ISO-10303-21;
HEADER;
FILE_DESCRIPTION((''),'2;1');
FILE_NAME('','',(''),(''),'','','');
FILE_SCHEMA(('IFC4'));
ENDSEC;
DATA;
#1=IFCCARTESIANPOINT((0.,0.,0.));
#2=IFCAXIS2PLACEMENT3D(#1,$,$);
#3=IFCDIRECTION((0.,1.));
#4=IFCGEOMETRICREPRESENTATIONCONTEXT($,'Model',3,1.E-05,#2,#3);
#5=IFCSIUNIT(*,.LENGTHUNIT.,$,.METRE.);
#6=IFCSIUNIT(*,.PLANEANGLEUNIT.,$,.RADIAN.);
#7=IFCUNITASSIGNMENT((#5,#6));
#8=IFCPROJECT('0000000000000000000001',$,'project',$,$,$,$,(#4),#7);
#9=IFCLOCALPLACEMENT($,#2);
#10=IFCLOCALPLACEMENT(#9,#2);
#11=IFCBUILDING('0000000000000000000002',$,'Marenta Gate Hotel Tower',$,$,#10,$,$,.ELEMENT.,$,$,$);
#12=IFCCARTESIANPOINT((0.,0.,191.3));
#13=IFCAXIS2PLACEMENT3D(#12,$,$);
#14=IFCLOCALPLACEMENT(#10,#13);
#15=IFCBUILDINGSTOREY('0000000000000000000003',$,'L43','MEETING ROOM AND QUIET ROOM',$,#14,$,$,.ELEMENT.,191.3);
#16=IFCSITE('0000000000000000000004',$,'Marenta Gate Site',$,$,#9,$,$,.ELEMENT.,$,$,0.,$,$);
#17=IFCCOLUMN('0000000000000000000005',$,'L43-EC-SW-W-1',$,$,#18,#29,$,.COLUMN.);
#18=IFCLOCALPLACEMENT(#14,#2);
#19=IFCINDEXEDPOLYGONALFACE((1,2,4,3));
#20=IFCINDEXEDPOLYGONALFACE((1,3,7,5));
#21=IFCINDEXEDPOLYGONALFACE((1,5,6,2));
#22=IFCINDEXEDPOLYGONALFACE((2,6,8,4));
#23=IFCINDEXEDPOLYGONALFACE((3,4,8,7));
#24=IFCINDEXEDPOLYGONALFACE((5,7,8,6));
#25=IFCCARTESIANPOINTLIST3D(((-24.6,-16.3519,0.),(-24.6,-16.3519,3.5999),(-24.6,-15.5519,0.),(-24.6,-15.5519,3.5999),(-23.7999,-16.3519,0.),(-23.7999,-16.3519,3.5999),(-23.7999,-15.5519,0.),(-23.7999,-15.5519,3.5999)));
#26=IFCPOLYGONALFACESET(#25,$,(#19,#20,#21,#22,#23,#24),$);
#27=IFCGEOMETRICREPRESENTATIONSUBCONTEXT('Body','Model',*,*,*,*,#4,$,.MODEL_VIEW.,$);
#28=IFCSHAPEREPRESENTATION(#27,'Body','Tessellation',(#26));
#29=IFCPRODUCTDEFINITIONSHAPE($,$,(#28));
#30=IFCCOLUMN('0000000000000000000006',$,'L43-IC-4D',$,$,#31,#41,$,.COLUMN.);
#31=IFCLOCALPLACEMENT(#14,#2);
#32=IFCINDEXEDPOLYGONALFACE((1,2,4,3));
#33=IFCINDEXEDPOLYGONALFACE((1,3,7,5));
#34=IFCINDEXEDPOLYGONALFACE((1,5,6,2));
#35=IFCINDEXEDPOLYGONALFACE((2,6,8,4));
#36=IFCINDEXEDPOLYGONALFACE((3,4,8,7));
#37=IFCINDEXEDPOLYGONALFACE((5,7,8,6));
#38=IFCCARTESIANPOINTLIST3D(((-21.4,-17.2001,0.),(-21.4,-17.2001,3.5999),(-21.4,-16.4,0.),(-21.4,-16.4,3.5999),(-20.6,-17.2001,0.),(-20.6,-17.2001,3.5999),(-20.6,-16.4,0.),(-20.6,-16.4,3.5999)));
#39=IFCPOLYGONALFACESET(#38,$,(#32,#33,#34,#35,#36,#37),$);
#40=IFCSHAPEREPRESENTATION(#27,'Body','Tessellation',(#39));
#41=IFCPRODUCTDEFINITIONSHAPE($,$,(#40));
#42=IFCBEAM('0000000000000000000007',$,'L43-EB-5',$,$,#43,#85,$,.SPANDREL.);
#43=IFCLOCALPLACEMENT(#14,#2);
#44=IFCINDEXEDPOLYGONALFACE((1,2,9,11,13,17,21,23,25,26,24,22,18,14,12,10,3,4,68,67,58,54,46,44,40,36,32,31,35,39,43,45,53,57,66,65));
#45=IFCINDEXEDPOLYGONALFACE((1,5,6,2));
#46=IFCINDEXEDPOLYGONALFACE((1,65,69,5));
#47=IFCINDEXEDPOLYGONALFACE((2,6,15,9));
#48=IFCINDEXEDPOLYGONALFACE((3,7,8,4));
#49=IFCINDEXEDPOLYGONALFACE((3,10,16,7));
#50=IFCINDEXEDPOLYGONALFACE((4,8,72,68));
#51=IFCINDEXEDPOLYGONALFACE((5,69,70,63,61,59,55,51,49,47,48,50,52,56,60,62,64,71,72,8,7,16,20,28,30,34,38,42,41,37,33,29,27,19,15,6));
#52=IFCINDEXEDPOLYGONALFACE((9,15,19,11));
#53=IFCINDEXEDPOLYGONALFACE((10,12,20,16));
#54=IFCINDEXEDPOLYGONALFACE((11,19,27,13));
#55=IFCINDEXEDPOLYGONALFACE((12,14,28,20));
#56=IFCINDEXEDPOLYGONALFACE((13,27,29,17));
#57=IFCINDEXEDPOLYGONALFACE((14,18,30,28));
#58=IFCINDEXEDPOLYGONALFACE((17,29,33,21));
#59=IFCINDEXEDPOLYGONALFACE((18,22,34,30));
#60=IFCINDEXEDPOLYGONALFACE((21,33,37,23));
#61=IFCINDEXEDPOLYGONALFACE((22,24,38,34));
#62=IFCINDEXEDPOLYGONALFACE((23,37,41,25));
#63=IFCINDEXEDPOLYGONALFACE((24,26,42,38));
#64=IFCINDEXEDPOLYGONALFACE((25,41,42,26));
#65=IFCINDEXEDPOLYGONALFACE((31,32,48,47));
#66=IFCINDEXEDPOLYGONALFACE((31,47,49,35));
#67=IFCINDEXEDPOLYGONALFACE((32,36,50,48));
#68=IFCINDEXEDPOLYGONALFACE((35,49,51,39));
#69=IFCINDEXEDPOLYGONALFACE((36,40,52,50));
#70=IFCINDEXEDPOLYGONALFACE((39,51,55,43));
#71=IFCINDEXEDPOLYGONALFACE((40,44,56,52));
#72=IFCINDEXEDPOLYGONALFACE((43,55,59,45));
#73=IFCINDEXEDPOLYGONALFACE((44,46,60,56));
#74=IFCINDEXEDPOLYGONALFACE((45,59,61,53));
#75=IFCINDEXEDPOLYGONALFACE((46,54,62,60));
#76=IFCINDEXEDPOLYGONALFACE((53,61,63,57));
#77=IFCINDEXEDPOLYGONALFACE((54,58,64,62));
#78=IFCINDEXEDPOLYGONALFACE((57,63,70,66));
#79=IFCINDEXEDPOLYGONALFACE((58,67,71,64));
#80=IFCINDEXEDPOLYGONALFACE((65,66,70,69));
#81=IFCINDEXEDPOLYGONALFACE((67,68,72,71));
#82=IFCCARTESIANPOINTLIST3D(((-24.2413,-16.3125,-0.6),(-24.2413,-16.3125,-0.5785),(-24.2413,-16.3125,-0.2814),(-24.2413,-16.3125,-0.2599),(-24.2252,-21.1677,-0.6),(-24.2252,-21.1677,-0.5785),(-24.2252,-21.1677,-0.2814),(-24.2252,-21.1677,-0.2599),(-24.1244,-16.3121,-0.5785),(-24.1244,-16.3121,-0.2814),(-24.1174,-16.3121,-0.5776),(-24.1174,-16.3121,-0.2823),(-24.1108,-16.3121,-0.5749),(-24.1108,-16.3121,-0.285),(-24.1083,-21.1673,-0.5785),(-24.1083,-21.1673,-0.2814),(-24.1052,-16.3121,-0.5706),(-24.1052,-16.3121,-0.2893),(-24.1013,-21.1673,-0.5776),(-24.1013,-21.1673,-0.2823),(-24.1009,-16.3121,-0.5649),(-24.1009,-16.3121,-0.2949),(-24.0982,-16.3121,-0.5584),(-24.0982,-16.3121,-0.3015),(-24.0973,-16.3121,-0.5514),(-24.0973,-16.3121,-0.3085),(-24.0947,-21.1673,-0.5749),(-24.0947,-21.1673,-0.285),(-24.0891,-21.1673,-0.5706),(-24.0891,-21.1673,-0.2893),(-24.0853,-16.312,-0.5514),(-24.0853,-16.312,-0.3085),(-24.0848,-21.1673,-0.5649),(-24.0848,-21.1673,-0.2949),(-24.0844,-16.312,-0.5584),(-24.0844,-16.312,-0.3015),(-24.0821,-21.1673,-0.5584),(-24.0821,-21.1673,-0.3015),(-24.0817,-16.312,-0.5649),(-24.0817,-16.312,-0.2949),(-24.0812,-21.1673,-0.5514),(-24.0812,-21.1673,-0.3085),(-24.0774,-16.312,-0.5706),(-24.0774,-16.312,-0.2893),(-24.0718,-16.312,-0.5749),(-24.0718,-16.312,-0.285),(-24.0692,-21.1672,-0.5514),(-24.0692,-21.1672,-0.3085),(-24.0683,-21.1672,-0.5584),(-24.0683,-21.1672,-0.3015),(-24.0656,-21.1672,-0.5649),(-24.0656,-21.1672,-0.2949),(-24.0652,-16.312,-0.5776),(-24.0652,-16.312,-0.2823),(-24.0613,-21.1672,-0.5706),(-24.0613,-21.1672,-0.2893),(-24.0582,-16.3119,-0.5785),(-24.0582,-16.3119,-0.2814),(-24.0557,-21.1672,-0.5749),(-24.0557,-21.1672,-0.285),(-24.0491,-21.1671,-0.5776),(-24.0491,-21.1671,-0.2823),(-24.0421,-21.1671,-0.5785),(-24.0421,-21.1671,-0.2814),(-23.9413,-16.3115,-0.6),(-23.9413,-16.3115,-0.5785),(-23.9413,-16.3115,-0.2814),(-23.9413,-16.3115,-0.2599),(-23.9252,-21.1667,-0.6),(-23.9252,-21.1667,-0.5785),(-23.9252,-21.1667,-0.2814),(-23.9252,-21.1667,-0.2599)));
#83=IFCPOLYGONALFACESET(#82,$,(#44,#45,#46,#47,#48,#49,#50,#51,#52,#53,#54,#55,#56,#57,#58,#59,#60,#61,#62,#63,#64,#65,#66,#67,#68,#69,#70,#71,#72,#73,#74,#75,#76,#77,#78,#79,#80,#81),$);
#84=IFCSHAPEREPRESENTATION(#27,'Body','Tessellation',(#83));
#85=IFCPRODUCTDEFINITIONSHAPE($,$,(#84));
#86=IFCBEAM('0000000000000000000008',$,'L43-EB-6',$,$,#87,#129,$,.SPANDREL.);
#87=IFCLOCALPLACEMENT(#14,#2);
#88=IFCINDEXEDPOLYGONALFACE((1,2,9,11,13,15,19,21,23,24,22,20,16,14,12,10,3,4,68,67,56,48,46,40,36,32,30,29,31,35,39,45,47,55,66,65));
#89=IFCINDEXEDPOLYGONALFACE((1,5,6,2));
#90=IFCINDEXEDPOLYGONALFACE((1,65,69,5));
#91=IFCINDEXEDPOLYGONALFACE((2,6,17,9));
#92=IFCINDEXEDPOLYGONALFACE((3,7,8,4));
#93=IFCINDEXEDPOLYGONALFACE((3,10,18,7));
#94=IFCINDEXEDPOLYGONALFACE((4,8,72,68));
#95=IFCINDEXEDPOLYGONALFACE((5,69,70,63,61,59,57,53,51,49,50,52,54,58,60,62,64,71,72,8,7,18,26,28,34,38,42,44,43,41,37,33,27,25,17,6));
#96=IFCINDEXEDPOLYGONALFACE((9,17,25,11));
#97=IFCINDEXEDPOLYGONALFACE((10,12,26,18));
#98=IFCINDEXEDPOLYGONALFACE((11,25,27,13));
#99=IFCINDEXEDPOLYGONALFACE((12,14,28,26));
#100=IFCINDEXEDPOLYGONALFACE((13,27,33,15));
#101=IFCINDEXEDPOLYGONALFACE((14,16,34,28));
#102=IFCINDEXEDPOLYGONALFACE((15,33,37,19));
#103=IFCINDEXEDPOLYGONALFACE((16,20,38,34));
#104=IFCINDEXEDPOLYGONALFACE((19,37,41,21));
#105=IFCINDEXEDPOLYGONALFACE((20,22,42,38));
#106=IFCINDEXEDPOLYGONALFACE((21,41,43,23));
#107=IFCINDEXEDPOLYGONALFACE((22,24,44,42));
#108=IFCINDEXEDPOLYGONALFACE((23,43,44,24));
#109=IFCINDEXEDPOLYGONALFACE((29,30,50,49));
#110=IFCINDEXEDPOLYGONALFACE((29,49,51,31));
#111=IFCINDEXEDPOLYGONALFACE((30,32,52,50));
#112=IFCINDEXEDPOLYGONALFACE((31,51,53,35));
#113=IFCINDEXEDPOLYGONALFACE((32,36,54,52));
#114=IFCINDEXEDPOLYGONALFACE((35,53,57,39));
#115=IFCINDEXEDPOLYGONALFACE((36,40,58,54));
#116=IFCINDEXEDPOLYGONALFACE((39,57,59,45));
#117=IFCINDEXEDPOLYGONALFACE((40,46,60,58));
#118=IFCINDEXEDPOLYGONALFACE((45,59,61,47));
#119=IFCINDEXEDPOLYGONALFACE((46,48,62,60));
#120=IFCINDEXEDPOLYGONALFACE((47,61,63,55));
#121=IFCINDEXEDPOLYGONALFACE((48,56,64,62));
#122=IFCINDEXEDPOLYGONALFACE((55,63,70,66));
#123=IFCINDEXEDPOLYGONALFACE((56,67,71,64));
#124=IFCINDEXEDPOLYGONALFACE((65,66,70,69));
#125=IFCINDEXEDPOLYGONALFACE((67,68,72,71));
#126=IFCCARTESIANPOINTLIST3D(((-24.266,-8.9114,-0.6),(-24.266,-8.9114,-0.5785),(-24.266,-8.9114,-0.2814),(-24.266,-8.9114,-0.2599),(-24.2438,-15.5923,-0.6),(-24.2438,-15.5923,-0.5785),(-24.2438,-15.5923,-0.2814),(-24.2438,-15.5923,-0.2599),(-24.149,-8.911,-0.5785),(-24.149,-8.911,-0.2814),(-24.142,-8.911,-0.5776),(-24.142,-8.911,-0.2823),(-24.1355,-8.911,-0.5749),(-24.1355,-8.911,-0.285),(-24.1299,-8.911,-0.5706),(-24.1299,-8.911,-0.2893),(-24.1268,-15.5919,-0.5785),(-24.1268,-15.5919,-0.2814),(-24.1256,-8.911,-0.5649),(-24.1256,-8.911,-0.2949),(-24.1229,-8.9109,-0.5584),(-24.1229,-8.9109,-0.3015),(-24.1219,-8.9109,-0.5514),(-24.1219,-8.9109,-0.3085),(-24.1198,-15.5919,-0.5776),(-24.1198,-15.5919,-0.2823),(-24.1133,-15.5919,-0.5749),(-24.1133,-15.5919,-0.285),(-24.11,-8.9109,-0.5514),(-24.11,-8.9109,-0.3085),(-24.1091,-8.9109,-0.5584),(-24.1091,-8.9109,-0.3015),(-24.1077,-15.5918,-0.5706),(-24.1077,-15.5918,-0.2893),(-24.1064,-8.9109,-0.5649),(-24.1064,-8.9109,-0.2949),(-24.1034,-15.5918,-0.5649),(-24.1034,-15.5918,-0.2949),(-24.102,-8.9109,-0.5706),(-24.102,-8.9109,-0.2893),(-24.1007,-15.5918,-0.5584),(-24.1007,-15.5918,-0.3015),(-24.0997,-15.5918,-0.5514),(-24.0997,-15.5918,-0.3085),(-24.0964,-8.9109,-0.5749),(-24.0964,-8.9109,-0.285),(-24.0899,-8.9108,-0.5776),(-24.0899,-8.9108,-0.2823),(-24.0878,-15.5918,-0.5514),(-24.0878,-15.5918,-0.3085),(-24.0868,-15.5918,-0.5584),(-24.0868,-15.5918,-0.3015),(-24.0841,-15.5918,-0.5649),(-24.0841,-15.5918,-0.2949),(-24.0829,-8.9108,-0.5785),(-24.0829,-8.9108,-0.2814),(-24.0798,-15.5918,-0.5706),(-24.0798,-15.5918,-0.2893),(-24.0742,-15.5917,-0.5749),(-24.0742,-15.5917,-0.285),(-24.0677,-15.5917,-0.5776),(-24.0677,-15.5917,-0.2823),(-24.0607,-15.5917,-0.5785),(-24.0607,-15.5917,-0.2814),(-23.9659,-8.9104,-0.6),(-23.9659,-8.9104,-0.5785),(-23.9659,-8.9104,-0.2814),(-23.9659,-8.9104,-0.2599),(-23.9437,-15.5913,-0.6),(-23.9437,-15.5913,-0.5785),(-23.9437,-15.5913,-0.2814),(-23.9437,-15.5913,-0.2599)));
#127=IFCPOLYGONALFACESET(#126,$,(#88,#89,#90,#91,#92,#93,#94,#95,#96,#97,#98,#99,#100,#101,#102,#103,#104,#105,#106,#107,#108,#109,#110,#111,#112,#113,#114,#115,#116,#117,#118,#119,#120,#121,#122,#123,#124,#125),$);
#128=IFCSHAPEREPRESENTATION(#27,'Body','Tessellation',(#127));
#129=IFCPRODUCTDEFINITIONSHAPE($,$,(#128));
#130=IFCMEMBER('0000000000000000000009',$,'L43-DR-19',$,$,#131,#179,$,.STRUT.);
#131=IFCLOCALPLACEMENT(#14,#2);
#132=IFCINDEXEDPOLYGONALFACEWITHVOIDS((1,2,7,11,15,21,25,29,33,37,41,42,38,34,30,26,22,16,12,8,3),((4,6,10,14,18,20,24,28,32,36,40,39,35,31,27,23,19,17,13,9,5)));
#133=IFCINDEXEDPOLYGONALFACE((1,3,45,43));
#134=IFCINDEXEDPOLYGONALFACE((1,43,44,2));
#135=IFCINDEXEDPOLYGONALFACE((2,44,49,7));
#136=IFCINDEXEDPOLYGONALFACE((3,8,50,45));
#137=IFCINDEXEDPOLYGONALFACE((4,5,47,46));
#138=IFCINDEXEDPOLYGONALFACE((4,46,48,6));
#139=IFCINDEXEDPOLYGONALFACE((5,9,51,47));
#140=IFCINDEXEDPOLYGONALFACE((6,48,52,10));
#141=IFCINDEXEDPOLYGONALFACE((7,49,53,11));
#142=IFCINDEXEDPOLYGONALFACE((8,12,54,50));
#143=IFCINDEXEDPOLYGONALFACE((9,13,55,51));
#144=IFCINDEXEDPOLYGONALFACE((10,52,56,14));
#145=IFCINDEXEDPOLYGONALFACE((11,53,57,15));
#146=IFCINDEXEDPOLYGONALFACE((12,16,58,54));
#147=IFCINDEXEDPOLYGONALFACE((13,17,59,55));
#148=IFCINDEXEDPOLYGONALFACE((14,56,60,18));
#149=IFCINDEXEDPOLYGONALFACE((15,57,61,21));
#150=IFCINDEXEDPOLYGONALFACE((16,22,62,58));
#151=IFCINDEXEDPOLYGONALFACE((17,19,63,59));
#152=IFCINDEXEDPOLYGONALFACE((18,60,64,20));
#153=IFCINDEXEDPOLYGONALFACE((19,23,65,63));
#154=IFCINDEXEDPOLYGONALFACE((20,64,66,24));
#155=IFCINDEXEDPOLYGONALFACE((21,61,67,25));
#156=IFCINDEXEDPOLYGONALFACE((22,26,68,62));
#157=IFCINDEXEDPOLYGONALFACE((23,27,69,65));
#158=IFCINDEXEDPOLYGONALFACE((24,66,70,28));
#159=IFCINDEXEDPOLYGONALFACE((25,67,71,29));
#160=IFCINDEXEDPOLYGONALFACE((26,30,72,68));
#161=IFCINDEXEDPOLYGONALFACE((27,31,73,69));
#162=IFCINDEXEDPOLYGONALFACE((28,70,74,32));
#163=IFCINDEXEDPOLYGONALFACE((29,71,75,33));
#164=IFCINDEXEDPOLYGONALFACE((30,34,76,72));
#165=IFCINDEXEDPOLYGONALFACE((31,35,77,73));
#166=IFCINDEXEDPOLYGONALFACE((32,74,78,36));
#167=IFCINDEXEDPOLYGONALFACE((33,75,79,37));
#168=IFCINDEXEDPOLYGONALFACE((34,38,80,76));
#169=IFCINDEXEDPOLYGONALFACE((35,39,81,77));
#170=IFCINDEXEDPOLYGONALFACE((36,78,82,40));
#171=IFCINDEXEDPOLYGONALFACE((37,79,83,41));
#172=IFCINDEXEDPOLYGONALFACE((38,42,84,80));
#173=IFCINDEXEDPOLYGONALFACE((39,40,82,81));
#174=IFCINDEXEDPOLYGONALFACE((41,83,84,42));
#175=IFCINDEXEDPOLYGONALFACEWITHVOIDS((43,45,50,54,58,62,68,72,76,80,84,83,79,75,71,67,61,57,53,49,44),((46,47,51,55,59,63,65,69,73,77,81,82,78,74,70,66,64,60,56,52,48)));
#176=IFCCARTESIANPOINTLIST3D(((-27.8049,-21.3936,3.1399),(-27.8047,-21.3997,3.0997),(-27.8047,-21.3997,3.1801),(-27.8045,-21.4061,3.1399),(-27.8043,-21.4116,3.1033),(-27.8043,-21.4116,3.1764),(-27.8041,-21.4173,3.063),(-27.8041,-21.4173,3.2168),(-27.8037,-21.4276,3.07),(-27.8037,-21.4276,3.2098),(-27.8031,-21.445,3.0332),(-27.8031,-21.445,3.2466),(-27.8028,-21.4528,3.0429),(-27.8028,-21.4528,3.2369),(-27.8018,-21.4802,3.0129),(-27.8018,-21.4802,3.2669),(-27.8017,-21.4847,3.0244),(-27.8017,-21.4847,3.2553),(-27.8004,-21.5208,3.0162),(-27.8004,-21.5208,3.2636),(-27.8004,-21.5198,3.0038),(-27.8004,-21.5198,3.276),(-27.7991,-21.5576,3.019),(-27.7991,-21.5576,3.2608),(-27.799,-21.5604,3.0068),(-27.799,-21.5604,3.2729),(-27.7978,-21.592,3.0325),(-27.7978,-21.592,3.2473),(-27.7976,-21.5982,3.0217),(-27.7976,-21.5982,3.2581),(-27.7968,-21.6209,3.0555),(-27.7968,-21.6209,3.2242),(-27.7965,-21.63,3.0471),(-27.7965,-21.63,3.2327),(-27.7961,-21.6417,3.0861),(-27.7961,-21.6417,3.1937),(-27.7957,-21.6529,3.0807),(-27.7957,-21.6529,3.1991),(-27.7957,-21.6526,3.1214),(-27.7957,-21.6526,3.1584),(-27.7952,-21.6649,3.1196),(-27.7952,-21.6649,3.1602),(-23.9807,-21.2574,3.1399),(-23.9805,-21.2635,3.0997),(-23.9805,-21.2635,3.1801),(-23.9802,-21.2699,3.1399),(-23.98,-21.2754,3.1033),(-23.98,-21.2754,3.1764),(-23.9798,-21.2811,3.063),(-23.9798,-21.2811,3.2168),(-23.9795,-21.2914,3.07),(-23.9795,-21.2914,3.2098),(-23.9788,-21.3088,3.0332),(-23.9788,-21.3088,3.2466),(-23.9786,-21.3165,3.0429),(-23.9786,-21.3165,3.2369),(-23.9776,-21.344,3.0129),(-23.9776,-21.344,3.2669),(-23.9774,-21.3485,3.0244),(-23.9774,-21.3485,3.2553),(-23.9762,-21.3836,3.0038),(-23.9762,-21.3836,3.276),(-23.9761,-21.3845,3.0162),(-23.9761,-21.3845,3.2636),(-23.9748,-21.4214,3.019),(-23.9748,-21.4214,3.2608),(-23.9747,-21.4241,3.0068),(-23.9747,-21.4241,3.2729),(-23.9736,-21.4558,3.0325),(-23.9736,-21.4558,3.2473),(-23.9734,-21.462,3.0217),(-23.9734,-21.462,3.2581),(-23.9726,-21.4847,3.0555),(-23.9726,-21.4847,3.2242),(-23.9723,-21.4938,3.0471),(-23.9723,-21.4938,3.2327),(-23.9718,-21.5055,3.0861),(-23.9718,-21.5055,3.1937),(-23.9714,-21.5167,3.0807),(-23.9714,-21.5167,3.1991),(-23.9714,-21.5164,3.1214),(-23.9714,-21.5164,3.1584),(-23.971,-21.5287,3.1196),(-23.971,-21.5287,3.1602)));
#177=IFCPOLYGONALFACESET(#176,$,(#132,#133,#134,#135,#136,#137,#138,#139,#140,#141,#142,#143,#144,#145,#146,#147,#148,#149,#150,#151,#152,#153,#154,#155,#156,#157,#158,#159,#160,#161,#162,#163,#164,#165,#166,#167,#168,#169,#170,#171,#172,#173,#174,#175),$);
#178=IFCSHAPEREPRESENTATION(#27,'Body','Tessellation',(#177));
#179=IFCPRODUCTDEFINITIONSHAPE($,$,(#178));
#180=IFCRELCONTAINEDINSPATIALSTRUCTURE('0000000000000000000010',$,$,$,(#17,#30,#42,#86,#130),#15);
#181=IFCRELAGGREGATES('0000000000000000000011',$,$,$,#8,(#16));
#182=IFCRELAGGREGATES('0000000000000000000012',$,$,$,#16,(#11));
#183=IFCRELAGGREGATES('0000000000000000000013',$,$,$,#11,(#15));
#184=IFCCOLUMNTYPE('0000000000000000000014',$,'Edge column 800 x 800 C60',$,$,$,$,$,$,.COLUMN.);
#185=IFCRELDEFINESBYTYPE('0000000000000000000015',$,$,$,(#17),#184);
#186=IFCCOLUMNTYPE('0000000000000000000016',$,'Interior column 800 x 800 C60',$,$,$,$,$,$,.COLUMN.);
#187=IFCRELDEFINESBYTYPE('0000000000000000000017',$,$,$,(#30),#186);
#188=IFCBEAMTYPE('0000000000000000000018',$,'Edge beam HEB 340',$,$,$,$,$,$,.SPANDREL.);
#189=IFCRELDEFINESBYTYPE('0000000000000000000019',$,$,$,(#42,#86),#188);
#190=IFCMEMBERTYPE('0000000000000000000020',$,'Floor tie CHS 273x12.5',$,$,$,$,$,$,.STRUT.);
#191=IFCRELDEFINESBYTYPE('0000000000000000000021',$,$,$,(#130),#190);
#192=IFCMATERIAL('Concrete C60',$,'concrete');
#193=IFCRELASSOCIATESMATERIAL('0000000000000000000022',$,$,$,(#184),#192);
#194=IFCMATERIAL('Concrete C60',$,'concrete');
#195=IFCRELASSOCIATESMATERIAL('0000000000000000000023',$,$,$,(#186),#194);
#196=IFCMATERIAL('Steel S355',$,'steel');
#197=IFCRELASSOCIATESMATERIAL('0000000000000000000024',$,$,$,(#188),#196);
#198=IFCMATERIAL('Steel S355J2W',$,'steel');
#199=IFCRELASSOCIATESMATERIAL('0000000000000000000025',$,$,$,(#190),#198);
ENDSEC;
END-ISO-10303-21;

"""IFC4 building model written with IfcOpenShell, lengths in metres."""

from ifc_helpers import new_model, si_unit, direction, frame, origin, origin_2d, place, context, subcontext, project, spatial, rectangle, hollow_circle, i_section, extrude, material, material_profile, profile_set, type_object, element, save


model = new_model("IFC4")

# Units and contexts
model_context = context("Model", 3, precision=1e-05, world=origin(), true_north=direction((0.0, 1.0)))
body_context = subcontext(model_context, "Body", "Model", "MODEL_VIEW")
ifc_project = project(units=[si_unit("LENGTHUNIT", "METRE"), si_unit("PLANEANGLEUNIT", "RADIAN")], contexts=[model_context])

# Site, building, storey
site_placement = place(None, origin())
site = spatial("IfcSite", under=ifc_project, at=site_placement, Name="Marenta Gate Site", CompositionType="ELEMENT", RefElevation=0.0)
building_placement = place(site_placement, origin())
building = spatial("IfcBuilding", under=site, at=building_placement, Name="Marenta Gate Hotel Tower", CompositionType="ELEMENT")
storey_placement = place(building_placement, frame((0.0, 0.0, 191.3)))
storey = spatial("IfcBuildingStorey", under=building, at=storey_placement, Name="L43", Description="MEETING ROOM AND QUIET ROOM", CompositionType="ELEMENT", Elevation=191.3)

# Columns
ifc_material_1 = material(Name="Concrete C60", Category="concrete")
ifc_material_profile_1 = material_profile(ifc_material_1, rectangle(XDim=0.8, YDim=0.8, at=origin_2d()), Name="800 x 800")
ifc_profile_set_1 = profile_set([ifc_material_profile_1], Name="Concrete C60")
column_type_1 = type_object("IfcColumnType", Name="Edge column 800 x 800 C60", PredefinedType="COLUMN", material=ifc_profile_set_1)
column_1_placement = place(storey_placement, frame((-24.2, -15.9519, 0.0), z_axis=(0.0, 0.0, 1.0), x_axis=(1.0, 0.0, 0.0)))
element("IfcColumn", 1, at=column_1_placement, inside=storey, type_object=column_type_1, Name="L43-EC-SW-W-1", PredefinedType="COLUMN", context=body_context, shape_type="SweptSolid", body=[
    extrude(rectangle(XDim=0.8, YDim=0.8, at=origin_2d()), origin(), (0.0, 0.0, 1.0), 3.5999),
])
ifc_material_2 = material(Name="Concrete C60", Category="concrete")
ifc_material_profile_2 = material_profile(ifc_material_2, rectangle(XDim=0.8, YDim=0.8, at=origin_2d()), Name="800 x 800")
ifc_profile_set_2 = profile_set([ifc_material_profile_2], Name="Concrete C60")
column_type_2 = type_object("IfcColumnType", Name="Interior column 800 x 800 C60", PredefinedType="COLUMN", material=ifc_profile_set_2)
column_2_placement = place(storey_placement, frame((-21.0, -16.8, 0.0), z_axis=(0.0, 0.0, 1.0), x_axis=(1.0, 0.0, 0.0)))
element("IfcColumn", 2, at=column_2_placement, inside=storey, type_object=column_type_2, Name="L43-IC-4D", PredefinedType="COLUMN", context=body_context, shape_type="SweptSolid", body=[
    extrude(rectangle(XDim=0.8, YDim=0.8, at=origin_2d()), origin(), (0.0, 0.0, 1.0), 3.5999),
])

# Beams
ifc_material_3 = material(Name="Steel S355", Category="steel")
ifc_material_profile_3 = material_profile(ifc_material_3, i_section(OverallWidth=0.3, OverallDepth=0.3401, WebThickness=0.012, FlangeThickness=0.0215, FilletRadius=0.0271, at=origin_2d()), Name="HEB 340")
ifc_profile_set_3 = profile_set([ifc_material_profile_3], Name="Steel S355")
beam_type_1 = type_object("IfcBeamType", Name="Edge beam HEB 340", PredefinedType="SPANDREL", material=ifc_profile_set_3)
beam_1_placement = place(storey_placement, frame((-24.0752, -21.1672, -0.4299), z_axis=(-0.003319, 0.999994, 0.0), x_axis=(-0.999994, -0.003319, 0.0)))
element("IfcBeam", 3, at=beam_1_placement, inside=storey, type_object=beam_type_1, Name="L43-EB-5", PredefinedType="SPANDREL", context=body_context, shape_type="SweptSolid", body=[
    extrude(i_section(OverallWidth=0.3, OverallDepth=0.3401, WebThickness=0.012, FlangeThickness=0.0215, FilletRadius=0.0271, at=origin_2d()), origin(), (0.0, 0.0, 1.0), 4.8552),
])
beam_2_placement = place(storey_placement, frame((-24.0938, -15.5918, -0.4299), z_axis=(-0.003325, 0.999994, 0.0), x_axis=(-0.999994, -0.003325, 0.0)))
element("IfcBeam", 4, at=beam_2_placement, inside=storey, type_object=beam_type_1, Name="L43-EB-6", PredefinedType="SPANDREL", context=body_context, shape_type="SweptSolid", body=[
    extrude(i_section(OverallWidth=0.3, OverallDepth=0.3401, WebThickness=0.012, FlangeThickness=0.0215, FilletRadius=0.0271, at=origin_2d()), origin(), (0.0, 0.0, 1.0), 6.6809),
])

# Member
ifc_material_4 = material(Name="Steel S355J2W", Category="steel")
ifc_material_profile_4 = material_profile(ifc_material_4, hollow_circle(Radius=0.1365, WallThickness=0.0125, at=origin_2d()), Name="CHS 273x12.5")
ifc_profile_set_4 = profile_set([ifc_material_profile_4], Name="Steel S355J2W")
member_type_1 = type_object("IfcMemberType", Name="Floor tie CHS 273x12.5", PredefinedType="STRUT", material=ifc_profile_set_4)
member_1_placement = place(storey_placement, frame((-27.8, -21.53, 3.1399), z_axis=(0.999366, 0.035601, 0.0), x_axis=(-0.035601, 0.999366, 0.0)))
element("IfcMember", 5, at=member_1_placement, inside=storey, type_object=member_type_1, Name="L43-DR-19", PredefinedType="STRUT", context=body_context, shape_type="SweptSolid", body=[
    extrude(hollow_circle(Radius=0.1365, WallThickness=0.0125, at=origin_2d()), origin(), (0.0, 0.0, 1.0), 3.8267),
])

save(model, "model.ifc")
